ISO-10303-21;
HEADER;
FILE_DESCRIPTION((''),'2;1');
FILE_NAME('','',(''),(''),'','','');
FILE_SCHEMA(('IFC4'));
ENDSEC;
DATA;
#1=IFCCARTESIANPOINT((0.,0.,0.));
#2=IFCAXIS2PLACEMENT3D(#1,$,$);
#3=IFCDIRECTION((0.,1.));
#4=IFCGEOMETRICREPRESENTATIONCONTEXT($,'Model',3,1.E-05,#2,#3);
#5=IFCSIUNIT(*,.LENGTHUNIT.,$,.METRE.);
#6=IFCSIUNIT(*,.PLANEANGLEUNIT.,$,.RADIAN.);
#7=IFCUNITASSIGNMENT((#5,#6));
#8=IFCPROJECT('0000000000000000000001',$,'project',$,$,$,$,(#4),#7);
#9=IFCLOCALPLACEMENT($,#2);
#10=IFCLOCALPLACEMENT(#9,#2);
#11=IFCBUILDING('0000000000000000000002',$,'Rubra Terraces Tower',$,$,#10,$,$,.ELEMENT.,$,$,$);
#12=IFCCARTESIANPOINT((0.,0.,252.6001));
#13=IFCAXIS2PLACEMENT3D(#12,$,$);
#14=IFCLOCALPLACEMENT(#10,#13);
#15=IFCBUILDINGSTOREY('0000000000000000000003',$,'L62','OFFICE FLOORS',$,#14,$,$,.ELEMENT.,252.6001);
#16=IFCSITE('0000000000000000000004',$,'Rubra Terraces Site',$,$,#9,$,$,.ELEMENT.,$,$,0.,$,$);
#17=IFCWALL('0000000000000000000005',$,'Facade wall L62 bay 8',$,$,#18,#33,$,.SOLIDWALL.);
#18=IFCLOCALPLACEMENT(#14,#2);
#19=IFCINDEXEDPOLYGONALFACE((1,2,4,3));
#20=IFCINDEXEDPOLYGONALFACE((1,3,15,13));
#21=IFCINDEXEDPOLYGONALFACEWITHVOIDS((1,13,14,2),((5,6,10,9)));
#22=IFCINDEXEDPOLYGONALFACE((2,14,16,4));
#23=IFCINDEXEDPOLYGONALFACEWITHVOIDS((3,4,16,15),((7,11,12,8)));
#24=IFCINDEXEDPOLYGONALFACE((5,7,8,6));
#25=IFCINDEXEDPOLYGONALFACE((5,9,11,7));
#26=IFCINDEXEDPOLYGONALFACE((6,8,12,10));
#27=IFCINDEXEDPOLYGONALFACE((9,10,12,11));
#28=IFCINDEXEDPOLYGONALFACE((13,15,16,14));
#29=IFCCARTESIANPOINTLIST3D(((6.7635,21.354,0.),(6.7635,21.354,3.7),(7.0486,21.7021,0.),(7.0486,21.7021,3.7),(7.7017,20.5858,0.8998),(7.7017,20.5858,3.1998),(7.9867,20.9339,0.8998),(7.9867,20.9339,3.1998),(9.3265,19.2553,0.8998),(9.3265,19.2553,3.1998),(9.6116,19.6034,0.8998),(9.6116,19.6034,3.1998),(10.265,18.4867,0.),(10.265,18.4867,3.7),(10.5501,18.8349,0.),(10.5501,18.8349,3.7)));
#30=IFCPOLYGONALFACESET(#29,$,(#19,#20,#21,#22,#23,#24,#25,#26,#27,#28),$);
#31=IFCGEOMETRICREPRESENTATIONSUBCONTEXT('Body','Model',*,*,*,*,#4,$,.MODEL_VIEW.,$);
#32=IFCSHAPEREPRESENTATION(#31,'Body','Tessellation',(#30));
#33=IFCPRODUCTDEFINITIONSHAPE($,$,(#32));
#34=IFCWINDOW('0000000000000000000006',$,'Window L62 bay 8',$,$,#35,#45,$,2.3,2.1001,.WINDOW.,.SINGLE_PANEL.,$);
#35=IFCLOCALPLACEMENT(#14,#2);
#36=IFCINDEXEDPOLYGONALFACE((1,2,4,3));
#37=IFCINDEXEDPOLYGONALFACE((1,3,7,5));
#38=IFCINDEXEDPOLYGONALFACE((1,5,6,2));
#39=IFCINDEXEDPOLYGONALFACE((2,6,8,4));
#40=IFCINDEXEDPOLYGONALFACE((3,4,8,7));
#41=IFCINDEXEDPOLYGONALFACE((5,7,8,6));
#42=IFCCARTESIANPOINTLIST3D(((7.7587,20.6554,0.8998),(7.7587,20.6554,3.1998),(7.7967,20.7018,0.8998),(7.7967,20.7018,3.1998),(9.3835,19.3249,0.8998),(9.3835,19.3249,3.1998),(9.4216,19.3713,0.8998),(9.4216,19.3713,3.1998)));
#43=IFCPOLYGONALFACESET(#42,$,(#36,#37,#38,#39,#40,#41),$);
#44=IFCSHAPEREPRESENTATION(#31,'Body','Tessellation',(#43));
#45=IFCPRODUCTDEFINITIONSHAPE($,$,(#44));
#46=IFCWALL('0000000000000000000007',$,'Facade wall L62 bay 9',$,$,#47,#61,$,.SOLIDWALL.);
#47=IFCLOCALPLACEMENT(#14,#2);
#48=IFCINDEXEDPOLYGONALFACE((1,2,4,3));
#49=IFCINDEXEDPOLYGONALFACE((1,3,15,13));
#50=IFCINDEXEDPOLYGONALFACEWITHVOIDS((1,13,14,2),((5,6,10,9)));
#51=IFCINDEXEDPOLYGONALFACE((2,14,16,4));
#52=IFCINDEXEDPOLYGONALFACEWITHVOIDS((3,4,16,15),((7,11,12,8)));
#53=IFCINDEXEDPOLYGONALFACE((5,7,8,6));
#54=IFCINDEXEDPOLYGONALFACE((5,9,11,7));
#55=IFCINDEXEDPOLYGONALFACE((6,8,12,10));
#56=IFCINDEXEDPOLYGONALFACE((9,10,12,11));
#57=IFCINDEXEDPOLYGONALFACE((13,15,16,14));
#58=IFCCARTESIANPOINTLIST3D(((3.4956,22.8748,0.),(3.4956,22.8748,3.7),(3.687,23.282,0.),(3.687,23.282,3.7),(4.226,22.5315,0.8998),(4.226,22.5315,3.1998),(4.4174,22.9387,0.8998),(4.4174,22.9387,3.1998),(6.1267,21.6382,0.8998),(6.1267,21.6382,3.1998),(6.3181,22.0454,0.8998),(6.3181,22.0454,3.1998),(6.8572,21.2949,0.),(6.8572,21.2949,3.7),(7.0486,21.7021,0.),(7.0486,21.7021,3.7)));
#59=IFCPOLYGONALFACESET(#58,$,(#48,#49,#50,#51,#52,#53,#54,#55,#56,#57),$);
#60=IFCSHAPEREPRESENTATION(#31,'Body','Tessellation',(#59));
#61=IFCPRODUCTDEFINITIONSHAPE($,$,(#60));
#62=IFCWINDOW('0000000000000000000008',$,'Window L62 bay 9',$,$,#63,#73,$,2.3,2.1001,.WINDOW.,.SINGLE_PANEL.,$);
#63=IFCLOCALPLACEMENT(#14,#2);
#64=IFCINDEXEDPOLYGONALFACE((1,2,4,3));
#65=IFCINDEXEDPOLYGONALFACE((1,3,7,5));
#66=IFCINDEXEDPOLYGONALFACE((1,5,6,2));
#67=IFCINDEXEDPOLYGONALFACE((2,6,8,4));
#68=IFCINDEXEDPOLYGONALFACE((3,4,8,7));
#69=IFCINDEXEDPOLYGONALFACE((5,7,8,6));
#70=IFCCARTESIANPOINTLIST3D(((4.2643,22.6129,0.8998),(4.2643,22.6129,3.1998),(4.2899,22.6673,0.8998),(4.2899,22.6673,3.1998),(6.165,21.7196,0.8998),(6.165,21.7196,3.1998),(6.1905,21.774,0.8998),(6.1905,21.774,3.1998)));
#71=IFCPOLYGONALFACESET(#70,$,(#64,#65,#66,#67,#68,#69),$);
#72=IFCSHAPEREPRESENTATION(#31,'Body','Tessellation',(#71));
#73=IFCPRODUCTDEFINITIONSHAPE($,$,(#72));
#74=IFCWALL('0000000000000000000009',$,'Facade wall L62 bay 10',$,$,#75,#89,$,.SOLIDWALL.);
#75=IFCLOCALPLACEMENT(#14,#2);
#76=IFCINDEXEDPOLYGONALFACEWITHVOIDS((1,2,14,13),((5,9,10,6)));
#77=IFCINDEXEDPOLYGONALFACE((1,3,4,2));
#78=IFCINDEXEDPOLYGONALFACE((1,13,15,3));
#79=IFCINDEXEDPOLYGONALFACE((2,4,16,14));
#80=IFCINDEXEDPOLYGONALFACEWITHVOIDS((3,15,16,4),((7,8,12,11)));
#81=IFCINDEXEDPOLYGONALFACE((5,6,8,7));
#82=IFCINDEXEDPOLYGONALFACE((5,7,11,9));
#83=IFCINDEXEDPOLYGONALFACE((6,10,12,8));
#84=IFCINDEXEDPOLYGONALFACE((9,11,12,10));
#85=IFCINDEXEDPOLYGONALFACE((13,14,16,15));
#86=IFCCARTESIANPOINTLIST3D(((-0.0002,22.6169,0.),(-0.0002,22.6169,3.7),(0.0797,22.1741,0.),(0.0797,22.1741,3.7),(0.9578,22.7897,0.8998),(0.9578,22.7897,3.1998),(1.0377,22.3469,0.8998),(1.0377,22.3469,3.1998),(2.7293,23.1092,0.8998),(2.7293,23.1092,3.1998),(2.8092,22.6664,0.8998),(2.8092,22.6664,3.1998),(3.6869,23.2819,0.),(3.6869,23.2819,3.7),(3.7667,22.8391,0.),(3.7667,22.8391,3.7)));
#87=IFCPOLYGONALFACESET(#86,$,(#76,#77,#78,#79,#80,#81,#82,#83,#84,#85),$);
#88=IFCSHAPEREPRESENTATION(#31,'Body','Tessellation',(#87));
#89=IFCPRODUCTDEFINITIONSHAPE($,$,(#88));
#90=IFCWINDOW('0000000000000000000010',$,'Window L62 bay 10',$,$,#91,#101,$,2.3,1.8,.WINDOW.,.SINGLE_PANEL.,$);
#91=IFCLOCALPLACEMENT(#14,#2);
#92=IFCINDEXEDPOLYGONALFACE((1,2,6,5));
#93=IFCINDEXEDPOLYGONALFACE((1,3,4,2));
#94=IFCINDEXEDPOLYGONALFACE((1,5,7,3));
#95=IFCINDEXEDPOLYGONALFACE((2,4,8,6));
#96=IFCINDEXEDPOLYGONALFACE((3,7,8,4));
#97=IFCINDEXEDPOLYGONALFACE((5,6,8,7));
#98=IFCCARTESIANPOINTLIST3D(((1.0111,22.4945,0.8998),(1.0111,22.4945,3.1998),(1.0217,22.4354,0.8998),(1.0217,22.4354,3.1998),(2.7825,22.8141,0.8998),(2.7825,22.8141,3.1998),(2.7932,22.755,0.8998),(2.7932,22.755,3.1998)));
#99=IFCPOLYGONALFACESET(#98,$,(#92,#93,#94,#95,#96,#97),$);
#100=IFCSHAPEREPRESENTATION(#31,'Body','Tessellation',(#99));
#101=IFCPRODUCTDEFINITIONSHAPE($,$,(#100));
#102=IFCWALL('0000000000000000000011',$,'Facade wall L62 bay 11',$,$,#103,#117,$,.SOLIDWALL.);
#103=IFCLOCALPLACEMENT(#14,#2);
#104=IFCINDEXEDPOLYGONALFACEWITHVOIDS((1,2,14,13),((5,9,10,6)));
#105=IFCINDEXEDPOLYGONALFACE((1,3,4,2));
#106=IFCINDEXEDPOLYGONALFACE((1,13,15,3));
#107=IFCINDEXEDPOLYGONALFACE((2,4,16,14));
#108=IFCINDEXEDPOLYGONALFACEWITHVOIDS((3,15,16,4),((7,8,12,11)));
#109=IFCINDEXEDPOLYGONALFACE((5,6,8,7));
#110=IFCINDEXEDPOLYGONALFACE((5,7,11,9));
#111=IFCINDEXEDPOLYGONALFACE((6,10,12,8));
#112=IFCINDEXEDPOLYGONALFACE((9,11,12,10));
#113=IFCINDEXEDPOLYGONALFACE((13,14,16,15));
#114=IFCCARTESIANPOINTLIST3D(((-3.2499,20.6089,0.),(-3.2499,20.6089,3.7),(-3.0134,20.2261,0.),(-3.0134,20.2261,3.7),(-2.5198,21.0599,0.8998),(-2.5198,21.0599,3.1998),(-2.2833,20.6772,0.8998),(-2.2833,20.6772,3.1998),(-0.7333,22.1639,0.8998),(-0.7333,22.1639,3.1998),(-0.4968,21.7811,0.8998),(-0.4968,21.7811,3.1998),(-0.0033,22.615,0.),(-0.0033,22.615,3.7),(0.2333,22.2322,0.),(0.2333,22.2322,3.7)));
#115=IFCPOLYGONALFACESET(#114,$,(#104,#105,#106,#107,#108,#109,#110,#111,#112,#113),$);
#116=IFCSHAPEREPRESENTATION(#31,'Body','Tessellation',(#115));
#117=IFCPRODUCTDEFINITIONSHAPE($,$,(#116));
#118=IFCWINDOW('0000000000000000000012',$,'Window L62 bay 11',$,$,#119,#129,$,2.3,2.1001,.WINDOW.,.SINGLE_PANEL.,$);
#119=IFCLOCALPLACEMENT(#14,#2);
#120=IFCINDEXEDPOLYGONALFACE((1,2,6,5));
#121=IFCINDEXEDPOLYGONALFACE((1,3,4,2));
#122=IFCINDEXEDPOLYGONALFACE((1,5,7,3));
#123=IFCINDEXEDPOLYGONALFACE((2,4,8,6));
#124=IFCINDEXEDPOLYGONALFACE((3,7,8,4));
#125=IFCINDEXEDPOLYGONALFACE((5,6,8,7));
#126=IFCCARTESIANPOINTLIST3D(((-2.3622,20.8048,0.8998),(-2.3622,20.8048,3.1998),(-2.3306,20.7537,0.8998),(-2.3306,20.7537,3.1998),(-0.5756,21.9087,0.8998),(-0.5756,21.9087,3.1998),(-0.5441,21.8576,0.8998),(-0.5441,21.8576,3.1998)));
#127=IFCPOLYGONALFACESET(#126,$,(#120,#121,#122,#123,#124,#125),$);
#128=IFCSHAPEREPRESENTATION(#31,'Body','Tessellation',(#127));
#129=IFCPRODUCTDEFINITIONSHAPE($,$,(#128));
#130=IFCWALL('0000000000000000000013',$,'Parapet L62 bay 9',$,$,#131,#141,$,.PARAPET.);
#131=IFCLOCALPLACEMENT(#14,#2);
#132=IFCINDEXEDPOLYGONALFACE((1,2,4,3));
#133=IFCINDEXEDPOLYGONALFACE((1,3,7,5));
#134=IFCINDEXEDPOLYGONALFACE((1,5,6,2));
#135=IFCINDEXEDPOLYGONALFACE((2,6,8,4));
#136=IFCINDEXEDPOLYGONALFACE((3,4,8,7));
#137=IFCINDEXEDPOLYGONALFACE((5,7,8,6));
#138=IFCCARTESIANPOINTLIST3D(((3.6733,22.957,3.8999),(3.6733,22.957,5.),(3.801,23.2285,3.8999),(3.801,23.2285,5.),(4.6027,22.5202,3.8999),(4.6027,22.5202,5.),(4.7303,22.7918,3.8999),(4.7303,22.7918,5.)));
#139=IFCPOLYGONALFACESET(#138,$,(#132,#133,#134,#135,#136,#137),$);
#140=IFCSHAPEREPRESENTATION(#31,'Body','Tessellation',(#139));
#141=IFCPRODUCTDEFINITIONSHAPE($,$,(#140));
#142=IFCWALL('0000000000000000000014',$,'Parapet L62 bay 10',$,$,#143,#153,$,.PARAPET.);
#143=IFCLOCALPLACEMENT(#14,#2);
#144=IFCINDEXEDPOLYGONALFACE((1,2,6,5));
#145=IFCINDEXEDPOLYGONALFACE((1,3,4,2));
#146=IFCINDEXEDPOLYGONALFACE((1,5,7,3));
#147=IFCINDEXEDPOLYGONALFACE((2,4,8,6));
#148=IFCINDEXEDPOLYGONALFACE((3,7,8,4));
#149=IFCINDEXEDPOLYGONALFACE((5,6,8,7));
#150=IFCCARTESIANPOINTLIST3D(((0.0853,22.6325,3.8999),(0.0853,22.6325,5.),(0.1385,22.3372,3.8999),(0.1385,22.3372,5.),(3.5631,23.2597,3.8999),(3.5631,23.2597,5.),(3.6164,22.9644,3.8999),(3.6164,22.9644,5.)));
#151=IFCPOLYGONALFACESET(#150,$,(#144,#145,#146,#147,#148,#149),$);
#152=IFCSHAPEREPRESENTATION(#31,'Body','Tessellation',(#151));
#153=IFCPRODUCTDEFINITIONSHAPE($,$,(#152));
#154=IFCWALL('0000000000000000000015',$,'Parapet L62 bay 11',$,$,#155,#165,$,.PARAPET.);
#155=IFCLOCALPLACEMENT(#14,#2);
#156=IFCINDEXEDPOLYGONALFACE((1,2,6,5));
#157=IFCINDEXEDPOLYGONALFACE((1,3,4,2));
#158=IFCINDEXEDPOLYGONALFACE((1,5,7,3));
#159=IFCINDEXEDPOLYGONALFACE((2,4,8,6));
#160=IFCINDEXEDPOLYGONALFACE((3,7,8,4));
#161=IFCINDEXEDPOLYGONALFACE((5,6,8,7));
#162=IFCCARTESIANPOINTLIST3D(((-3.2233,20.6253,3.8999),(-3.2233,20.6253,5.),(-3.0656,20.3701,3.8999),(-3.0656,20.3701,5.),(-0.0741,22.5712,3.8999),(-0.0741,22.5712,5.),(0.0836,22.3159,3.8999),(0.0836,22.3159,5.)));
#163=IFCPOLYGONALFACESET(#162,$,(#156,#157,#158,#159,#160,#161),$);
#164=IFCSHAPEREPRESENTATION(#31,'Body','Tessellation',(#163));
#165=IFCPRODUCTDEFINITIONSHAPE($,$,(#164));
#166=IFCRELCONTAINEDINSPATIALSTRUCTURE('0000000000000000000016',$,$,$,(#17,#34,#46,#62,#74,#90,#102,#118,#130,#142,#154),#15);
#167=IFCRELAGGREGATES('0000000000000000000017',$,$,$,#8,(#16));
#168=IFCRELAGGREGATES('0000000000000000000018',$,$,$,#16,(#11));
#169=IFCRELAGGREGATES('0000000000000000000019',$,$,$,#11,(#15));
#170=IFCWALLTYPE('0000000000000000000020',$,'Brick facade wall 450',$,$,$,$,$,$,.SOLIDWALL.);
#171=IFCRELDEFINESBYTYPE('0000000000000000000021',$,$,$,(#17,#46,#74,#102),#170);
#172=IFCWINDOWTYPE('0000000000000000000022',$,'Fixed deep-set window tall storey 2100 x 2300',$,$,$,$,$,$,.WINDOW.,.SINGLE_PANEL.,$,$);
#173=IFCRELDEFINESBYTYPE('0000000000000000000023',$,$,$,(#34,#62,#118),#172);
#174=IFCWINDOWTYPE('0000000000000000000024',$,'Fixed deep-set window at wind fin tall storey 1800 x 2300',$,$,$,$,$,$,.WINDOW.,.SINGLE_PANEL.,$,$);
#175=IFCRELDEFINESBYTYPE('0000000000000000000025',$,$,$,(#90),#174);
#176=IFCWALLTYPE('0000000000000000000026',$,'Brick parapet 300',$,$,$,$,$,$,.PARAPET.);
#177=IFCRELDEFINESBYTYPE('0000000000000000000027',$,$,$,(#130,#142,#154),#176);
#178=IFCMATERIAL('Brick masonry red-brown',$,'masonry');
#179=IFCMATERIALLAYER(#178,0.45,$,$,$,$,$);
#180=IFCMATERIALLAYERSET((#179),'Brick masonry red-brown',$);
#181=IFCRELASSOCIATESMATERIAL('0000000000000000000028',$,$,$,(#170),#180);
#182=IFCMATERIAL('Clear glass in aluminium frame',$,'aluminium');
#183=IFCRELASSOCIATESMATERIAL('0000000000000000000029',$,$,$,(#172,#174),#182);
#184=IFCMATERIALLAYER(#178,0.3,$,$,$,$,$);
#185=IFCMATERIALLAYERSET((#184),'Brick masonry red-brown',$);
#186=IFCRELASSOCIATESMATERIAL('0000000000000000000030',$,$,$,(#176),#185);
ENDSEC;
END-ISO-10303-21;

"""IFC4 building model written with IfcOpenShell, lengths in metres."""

from ifc_helpers import new_model, si_unit, direction, frame, frame_2d, origin, place, context, subcontext, project, spatial, rectangle, extrude, material, layer, layer_set, type_object, element, fill, save


model = new_model("IFC4")

# Units and contexts
model_context = context("Model", 3, precision=1e-05, world=origin(), true_north=direction((0.0, 1.0)))
body_context = subcontext(model_context, "Body", "Model", "MODEL_VIEW")
ifc_project = project(units=[si_unit("LENGTHUNIT", "METRE"), si_unit("PLANEANGLEUNIT", "RADIAN")], contexts=[model_context])

# Site, building, storey
site_placement = place(None, origin())
site = spatial("IfcSite", under=ifc_project, at=site_placement, Name="Rubra Terraces Site", CompositionType="ELEMENT", RefElevation=0.0)
building_placement = place(site_placement, origin())
building = spatial("IfcBuilding", under=site, at=building_placement, Name="Rubra Terraces Tower", CompositionType="ELEMENT")
storey_placement = place(building_placement, frame((0.0, 0.0, 252.6001)))
storey = spatial("IfcBuildingStorey", under=building, at=storey_placement, Name="L62", Description="OFFICE FLOORS", CompositionType="ELEMENT", Elevation=252.6001)

# Walls, openings, windows
ifc_material_1 = material(Name="Brick masonry red-brown", Category="masonry")
ifc_layer_1 = layer(ifc_material_1, 0.45)
ifc_layer_set_1 = layer_set([ifc_layer_1], Name="Brick masonry red-brown")
wall_type_1 = type_object("IfcWallType", Name="Brick facade wall 450", PredefinedType="SOLIDWALL", material=ifc_layer_set_1)
wall_1_placement = place(storey_placement, frame((10.4075, 18.6609, 0.0), z_axis=(0.0, 0.0, 1.0), x_axis=(-0.773702, 0.633549, 0.0)))
wall_1 = element("IfcWall", 1, at=wall_1_placement, inside=storey, type_object=wall_type_1, Name="Facade wall L62 bay 8", PredefinedType="SOLIDWALL", context=body_context, shape_type="SweptSolid", body=[
    extrude(rectangle(XDim=4.5256, YDim=0.45, at=frame_2d((2.2627, 0.0))), origin(), (0.0, 0.0, 1.0), 3.7),
])
opening_1_placement = place(wall_1_placement, frame((1.2129, 0.0, 0.8999)))
opening_1 = element("IfcOpeningElement", 2, at=opening_1_placement, cuts=wall_1, PredefinedType="OPENING", context=body_context, shape_type="SweptSolid", body=[
    extrude(rectangle(XDim=2.1001, YDim=2.3, at=frame_2d((1.05, 1.1499))), frame((0.0, 0.2349, 0.0), z_axis=(0.0, -1.0, 0.0), x_axis=(1.0, 0.0, 0.0)), (0.0, 0.0, 1.0), 0.47),
])
ifc_material_2 = material(Name="Clear glass in aluminium frame", Category="aluminium")
window_type_1 = type_object("IfcWindowType", Name="Fixed deep-set window tall storey 2100 x 2300", PartitioningType="SINGLE_PANEL", PredefinedType="WINDOW", material=ifc_material_2)
window_1_placement = place(opening_1_placement, origin())
window_1 = element("IfcWindow", 3, at=window_1_placement, inside=storey, type_object=window_type_1, Name="Window L62 bay 8", OverallHeight=2.3, OverallWidth=2.1001, PartitioningType="SINGLE_PANEL", PredefinedType="WINDOW", context=body_context, shape_type="SweptSolid", body=[
    extrude(rectangle(XDim=2.1001, YDim=2.3, at=frame_2d((1.05, 1.1499))), frame((0.0, 0.135, 0.0), z_axis=(0.0, -1.0, 0.0), x_axis=(1.0, 0.0, 0.0)), (0.0, 0.0, 1.0), 0.0601),
])
fill(opening_1, window_1)
wall_2_placement = place(storey_placement, frame((6.9529, 21.4985, 0.0), z_axis=(0.0, 0.0, 1.0), x_axis=(-0.905035, 0.425338, 0.0)))
wall_2 = element("IfcWall", 4, at=wall_2_placement, inside=storey, type_object=wall_type_1, Name="Facade wall L62 bay 9", PredefinedType="SOLIDWALL", context=body_context, shape_type="SweptSolid", body=[
    extrude(rectangle(XDim=3.7144, YDim=0.45, at=frame_2d((1.8572, 0.0))), origin(), (0.0, 0.0, 1.0), 3.7),
])
opening_2_placement = place(wall_2_placement, frame((0.8071, 0.0, 0.8999)))
opening_2 = element("IfcOpeningElement", 5, at=opening_2_placement, cuts=wall_2, PredefinedType="OPENING", context=body_context, shape_type="SweptSolid", body=[
    extrude(rectangle(XDim=2.1001, YDim=2.3, at=frame_2d((1.05, 1.1499))), frame((0.0, 0.2349, 0.0), z_axis=(0.0, -1.0, 0.0), x_axis=(1.0, 0.0, 0.0)), (0.0, 0.0, 1.0), 0.47),
])
window_2_placement = place(opening_2_placement, origin())
window_2 = element("IfcWindow", 6, at=window_2_placement, inside=storey, type_object=window_type_1, Name="Window L62 bay 9", OverallHeight=2.3, OverallWidth=2.1001, PartitioningType="SINGLE_PANEL", PredefinedType="WINDOW", context=body_context, shape_type="SweptSolid", body=[
    extrude(rectangle(XDim=2.1001, YDim=2.3, at=frame_2d((1.05, 1.1499))), frame((0.0, 0.135, 0.0), z_axis=(0.0, -1.0, 0.0), x_axis=(1.0, 0.0, 0.0)), (0.0, 0.0, 1.0), 0.0601),
])
fill(opening_2, window_2)
wall_3_placement = place(storey_placement, frame((3.7268, 23.0605, 0.0), z_axis=(0.0, 0.0, 1.0), x_axis=(-0.984119, -0.177509, 0.0)))
wall_3 = element("IfcWall", 7, at=wall_3_placement, inside=storey, type_object=wall_type_1, Name="Facade wall L62 bay 10", PredefinedType="SOLIDWALL", context=body_context, shape_type="SweptSolid", body=[
    extrude(rectangle(XDim=3.7466, YDim=0.45, at=frame_2d((1.8733, 0.0))), origin(), (0.0, 0.0, 1.0), 3.7),
])
opening_3_placement = place(wall_3_placement, frame((0.9731, 0.0, 0.8999)))
opening_3 = element("IfcOpeningElement", 8, at=opening_3_placement, cuts=wall_3, PredefinedType="OPENING", context=body_context, shape_type="SweptSolid", body=[
    extrude(rectangle(XDim=1.8, YDim=2.3, at=frame_2d((0.8999, 1.1499))), frame((0.0, 0.2349, 0.0), z_axis=(0.0, -1.0, 0.0), x_axis=(1.0, 0.0, 0.0)), (0.0, 0.0, 1.0), 0.47),
])
window_type_2 = type_object("IfcWindowType", Name="Fixed deep-set window at wind fin tall storey 1800 x 2300", PartitioningType="SINGLE_PANEL", PredefinedType="WINDOW", material=ifc_material_2)
window_3_placement = place(opening_3_placement, origin())
window_3 = element("IfcWindow", 9, at=window_3_placement, inside=storey, type_object=window_type_2, Name="Window L62 bay 10", OverallHeight=2.3, OverallWidth=1.8, PartitioningType="SINGLE_PANEL", PredefinedType="WINDOW", context=body_context, shape_type="SweptSolid", body=[
    extrude(rectangle(XDim=1.8, YDim=2.3, at=frame_2d((0.8999, 1.1499))), frame((0.0, 0.135, 0.0), z_axis=(0.0, -1.0, 0.0), x_axis=(1.0, 0.0, 0.0)), (0.0, 0.0, 1.0), 0.0601),
])
fill(opening_3, window_3)
wall_4_placement = place(storey_placement, frame((0.115, 22.4236, 0.0), z_axis=(0.0, 0.0, 1.0), x_axis=(-0.850697, -0.525656, 0.0)))
wall_4 = element("IfcWall", 10, at=wall_4_placement, inside=storey, type_object=wall_type_1, Name="Facade wall L62 bay 11", PredefinedType="SOLIDWALL", context=body_context, shape_type="SweptSolid", body=[
    extrude(rectangle(XDim=3.8164, YDim=0.45, at=frame_2d((1.9082, 0.0))), origin(), (0.0, 0.0, 1.0), 3.7),
])
opening_4_placement = place(wall_4_placement, frame((0.8582, 0.0, 0.8999)))
opening_4 = element("IfcOpeningElement", 11, at=opening_4_placement, cuts=wall_4, PredefinedType="OPENING", context=body_context, shape_type="SweptSolid", body=[
    extrude(rectangle(XDim=2.1001, YDim=2.3, at=frame_2d((1.05, 1.1499))), frame((0.0, 0.2349, 0.0), z_axis=(0.0, -1.0, 0.0), x_axis=(1.0, 0.0, 0.0)), (0.0, 0.0, 1.0), 0.47),
])
window_4_placement = place(opening_4_placement, origin())
window_4 = element("IfcWindow", 12, at=window_4_placement, inside=storey, type_object=window_type_1, Name="Window L62 bay 11", OverallHeight=2.3, OverallWidth=2.1001, PartitioningType="SINGLE_PANEL", PredefinedType="WINDOW", context=body_context, shape_type="SweptSolid", body=[
    extrude(rectangle(XDim=2.1001, YDim=2.3, at=frame_2d((1.05, 1.1499))), frame((0.0, 0.135, 0.0), z_axis=(0.0, -1.0, 0.0), x_axis=(1.0, 0.0, 0.0)), (0.0, 0.0, 1.0), 0.0601),
])
fill(opening_4, window_4)

# Walls
ifc_layer_2 = layer(ifc_material_1, 0.3)
ifc_layer_set_2 = layer_set([ifc_layer_2], Name="Brick masonry red-brown")
wall_type_2 = type_object("IfcWallType", Name="Brick parapet 300", PredefinedType="PARAPET", material=ifc_layer_set_2)
wall_5_placement = place(storey_placement, frame((4.6665, 22.656, 3.8999), z_axis=(0.0, 0.0, 1.0), x_axis=(-0.90505, 0.425305, 0.0)))
element("IfcWall", 13, at=wall_5_placement, inside=storey, type_object=wall_type_2, Name="Parapet L62 bay 9", PredefinedType="PARAPET", context=body_context, shape_type="SweptSolid", body=[
    extrude(rectangle(XDim=1.0269, YDim=0.3, at=frame_2d((0.5134, 0.0))), origin(), (0.0, 0.0, 1.0), 1.1001),
])
wall_6_placement = place(storey_placement, frame((3.5898, 23.1121, 3.8999), z_axis=(0.0, 0.0, 1.0), x_axis=(-0.984124, -0.177481, 0.0)))
element("IfcWall", 14, at=wall_6_placement, inside=storey, type_object=wall_type_2, Name="Parapet L62 bay 10", PredefinedType="PARAPET", context=body_context, shape_type="SweptSolid", body=[
    extrude(rectangle(XDim=3.5339, YDim=0.3, at=frame_2d((1.7671, 0.0))), origin(), (0.0, 0.0, 1.0), 1.1001),
])
wall_7_placement = place(storey_placement, frame((0.0049, 22.4436, 3.8999), z_axis=(0.0, 0.0, 1.0), x_axis=(-0.85071, -0.525635, 0.0)))
element("IfcWall", 15, at=wall_7_placement, inside=storey, type_object=wall_type_2, Name="Parapet L62 bay 11", PredefinedType="PARAPET", context=body_context, shape_type="SweptSolid", body=[
    extrude(rectangle(XDim=3.7019, YDim=0.3, at=frame_2d((1.8511, 0.0))), origin(), (0.0, 0.0, 1.0), 1.1001),
])

save(model, "model.ifc")
